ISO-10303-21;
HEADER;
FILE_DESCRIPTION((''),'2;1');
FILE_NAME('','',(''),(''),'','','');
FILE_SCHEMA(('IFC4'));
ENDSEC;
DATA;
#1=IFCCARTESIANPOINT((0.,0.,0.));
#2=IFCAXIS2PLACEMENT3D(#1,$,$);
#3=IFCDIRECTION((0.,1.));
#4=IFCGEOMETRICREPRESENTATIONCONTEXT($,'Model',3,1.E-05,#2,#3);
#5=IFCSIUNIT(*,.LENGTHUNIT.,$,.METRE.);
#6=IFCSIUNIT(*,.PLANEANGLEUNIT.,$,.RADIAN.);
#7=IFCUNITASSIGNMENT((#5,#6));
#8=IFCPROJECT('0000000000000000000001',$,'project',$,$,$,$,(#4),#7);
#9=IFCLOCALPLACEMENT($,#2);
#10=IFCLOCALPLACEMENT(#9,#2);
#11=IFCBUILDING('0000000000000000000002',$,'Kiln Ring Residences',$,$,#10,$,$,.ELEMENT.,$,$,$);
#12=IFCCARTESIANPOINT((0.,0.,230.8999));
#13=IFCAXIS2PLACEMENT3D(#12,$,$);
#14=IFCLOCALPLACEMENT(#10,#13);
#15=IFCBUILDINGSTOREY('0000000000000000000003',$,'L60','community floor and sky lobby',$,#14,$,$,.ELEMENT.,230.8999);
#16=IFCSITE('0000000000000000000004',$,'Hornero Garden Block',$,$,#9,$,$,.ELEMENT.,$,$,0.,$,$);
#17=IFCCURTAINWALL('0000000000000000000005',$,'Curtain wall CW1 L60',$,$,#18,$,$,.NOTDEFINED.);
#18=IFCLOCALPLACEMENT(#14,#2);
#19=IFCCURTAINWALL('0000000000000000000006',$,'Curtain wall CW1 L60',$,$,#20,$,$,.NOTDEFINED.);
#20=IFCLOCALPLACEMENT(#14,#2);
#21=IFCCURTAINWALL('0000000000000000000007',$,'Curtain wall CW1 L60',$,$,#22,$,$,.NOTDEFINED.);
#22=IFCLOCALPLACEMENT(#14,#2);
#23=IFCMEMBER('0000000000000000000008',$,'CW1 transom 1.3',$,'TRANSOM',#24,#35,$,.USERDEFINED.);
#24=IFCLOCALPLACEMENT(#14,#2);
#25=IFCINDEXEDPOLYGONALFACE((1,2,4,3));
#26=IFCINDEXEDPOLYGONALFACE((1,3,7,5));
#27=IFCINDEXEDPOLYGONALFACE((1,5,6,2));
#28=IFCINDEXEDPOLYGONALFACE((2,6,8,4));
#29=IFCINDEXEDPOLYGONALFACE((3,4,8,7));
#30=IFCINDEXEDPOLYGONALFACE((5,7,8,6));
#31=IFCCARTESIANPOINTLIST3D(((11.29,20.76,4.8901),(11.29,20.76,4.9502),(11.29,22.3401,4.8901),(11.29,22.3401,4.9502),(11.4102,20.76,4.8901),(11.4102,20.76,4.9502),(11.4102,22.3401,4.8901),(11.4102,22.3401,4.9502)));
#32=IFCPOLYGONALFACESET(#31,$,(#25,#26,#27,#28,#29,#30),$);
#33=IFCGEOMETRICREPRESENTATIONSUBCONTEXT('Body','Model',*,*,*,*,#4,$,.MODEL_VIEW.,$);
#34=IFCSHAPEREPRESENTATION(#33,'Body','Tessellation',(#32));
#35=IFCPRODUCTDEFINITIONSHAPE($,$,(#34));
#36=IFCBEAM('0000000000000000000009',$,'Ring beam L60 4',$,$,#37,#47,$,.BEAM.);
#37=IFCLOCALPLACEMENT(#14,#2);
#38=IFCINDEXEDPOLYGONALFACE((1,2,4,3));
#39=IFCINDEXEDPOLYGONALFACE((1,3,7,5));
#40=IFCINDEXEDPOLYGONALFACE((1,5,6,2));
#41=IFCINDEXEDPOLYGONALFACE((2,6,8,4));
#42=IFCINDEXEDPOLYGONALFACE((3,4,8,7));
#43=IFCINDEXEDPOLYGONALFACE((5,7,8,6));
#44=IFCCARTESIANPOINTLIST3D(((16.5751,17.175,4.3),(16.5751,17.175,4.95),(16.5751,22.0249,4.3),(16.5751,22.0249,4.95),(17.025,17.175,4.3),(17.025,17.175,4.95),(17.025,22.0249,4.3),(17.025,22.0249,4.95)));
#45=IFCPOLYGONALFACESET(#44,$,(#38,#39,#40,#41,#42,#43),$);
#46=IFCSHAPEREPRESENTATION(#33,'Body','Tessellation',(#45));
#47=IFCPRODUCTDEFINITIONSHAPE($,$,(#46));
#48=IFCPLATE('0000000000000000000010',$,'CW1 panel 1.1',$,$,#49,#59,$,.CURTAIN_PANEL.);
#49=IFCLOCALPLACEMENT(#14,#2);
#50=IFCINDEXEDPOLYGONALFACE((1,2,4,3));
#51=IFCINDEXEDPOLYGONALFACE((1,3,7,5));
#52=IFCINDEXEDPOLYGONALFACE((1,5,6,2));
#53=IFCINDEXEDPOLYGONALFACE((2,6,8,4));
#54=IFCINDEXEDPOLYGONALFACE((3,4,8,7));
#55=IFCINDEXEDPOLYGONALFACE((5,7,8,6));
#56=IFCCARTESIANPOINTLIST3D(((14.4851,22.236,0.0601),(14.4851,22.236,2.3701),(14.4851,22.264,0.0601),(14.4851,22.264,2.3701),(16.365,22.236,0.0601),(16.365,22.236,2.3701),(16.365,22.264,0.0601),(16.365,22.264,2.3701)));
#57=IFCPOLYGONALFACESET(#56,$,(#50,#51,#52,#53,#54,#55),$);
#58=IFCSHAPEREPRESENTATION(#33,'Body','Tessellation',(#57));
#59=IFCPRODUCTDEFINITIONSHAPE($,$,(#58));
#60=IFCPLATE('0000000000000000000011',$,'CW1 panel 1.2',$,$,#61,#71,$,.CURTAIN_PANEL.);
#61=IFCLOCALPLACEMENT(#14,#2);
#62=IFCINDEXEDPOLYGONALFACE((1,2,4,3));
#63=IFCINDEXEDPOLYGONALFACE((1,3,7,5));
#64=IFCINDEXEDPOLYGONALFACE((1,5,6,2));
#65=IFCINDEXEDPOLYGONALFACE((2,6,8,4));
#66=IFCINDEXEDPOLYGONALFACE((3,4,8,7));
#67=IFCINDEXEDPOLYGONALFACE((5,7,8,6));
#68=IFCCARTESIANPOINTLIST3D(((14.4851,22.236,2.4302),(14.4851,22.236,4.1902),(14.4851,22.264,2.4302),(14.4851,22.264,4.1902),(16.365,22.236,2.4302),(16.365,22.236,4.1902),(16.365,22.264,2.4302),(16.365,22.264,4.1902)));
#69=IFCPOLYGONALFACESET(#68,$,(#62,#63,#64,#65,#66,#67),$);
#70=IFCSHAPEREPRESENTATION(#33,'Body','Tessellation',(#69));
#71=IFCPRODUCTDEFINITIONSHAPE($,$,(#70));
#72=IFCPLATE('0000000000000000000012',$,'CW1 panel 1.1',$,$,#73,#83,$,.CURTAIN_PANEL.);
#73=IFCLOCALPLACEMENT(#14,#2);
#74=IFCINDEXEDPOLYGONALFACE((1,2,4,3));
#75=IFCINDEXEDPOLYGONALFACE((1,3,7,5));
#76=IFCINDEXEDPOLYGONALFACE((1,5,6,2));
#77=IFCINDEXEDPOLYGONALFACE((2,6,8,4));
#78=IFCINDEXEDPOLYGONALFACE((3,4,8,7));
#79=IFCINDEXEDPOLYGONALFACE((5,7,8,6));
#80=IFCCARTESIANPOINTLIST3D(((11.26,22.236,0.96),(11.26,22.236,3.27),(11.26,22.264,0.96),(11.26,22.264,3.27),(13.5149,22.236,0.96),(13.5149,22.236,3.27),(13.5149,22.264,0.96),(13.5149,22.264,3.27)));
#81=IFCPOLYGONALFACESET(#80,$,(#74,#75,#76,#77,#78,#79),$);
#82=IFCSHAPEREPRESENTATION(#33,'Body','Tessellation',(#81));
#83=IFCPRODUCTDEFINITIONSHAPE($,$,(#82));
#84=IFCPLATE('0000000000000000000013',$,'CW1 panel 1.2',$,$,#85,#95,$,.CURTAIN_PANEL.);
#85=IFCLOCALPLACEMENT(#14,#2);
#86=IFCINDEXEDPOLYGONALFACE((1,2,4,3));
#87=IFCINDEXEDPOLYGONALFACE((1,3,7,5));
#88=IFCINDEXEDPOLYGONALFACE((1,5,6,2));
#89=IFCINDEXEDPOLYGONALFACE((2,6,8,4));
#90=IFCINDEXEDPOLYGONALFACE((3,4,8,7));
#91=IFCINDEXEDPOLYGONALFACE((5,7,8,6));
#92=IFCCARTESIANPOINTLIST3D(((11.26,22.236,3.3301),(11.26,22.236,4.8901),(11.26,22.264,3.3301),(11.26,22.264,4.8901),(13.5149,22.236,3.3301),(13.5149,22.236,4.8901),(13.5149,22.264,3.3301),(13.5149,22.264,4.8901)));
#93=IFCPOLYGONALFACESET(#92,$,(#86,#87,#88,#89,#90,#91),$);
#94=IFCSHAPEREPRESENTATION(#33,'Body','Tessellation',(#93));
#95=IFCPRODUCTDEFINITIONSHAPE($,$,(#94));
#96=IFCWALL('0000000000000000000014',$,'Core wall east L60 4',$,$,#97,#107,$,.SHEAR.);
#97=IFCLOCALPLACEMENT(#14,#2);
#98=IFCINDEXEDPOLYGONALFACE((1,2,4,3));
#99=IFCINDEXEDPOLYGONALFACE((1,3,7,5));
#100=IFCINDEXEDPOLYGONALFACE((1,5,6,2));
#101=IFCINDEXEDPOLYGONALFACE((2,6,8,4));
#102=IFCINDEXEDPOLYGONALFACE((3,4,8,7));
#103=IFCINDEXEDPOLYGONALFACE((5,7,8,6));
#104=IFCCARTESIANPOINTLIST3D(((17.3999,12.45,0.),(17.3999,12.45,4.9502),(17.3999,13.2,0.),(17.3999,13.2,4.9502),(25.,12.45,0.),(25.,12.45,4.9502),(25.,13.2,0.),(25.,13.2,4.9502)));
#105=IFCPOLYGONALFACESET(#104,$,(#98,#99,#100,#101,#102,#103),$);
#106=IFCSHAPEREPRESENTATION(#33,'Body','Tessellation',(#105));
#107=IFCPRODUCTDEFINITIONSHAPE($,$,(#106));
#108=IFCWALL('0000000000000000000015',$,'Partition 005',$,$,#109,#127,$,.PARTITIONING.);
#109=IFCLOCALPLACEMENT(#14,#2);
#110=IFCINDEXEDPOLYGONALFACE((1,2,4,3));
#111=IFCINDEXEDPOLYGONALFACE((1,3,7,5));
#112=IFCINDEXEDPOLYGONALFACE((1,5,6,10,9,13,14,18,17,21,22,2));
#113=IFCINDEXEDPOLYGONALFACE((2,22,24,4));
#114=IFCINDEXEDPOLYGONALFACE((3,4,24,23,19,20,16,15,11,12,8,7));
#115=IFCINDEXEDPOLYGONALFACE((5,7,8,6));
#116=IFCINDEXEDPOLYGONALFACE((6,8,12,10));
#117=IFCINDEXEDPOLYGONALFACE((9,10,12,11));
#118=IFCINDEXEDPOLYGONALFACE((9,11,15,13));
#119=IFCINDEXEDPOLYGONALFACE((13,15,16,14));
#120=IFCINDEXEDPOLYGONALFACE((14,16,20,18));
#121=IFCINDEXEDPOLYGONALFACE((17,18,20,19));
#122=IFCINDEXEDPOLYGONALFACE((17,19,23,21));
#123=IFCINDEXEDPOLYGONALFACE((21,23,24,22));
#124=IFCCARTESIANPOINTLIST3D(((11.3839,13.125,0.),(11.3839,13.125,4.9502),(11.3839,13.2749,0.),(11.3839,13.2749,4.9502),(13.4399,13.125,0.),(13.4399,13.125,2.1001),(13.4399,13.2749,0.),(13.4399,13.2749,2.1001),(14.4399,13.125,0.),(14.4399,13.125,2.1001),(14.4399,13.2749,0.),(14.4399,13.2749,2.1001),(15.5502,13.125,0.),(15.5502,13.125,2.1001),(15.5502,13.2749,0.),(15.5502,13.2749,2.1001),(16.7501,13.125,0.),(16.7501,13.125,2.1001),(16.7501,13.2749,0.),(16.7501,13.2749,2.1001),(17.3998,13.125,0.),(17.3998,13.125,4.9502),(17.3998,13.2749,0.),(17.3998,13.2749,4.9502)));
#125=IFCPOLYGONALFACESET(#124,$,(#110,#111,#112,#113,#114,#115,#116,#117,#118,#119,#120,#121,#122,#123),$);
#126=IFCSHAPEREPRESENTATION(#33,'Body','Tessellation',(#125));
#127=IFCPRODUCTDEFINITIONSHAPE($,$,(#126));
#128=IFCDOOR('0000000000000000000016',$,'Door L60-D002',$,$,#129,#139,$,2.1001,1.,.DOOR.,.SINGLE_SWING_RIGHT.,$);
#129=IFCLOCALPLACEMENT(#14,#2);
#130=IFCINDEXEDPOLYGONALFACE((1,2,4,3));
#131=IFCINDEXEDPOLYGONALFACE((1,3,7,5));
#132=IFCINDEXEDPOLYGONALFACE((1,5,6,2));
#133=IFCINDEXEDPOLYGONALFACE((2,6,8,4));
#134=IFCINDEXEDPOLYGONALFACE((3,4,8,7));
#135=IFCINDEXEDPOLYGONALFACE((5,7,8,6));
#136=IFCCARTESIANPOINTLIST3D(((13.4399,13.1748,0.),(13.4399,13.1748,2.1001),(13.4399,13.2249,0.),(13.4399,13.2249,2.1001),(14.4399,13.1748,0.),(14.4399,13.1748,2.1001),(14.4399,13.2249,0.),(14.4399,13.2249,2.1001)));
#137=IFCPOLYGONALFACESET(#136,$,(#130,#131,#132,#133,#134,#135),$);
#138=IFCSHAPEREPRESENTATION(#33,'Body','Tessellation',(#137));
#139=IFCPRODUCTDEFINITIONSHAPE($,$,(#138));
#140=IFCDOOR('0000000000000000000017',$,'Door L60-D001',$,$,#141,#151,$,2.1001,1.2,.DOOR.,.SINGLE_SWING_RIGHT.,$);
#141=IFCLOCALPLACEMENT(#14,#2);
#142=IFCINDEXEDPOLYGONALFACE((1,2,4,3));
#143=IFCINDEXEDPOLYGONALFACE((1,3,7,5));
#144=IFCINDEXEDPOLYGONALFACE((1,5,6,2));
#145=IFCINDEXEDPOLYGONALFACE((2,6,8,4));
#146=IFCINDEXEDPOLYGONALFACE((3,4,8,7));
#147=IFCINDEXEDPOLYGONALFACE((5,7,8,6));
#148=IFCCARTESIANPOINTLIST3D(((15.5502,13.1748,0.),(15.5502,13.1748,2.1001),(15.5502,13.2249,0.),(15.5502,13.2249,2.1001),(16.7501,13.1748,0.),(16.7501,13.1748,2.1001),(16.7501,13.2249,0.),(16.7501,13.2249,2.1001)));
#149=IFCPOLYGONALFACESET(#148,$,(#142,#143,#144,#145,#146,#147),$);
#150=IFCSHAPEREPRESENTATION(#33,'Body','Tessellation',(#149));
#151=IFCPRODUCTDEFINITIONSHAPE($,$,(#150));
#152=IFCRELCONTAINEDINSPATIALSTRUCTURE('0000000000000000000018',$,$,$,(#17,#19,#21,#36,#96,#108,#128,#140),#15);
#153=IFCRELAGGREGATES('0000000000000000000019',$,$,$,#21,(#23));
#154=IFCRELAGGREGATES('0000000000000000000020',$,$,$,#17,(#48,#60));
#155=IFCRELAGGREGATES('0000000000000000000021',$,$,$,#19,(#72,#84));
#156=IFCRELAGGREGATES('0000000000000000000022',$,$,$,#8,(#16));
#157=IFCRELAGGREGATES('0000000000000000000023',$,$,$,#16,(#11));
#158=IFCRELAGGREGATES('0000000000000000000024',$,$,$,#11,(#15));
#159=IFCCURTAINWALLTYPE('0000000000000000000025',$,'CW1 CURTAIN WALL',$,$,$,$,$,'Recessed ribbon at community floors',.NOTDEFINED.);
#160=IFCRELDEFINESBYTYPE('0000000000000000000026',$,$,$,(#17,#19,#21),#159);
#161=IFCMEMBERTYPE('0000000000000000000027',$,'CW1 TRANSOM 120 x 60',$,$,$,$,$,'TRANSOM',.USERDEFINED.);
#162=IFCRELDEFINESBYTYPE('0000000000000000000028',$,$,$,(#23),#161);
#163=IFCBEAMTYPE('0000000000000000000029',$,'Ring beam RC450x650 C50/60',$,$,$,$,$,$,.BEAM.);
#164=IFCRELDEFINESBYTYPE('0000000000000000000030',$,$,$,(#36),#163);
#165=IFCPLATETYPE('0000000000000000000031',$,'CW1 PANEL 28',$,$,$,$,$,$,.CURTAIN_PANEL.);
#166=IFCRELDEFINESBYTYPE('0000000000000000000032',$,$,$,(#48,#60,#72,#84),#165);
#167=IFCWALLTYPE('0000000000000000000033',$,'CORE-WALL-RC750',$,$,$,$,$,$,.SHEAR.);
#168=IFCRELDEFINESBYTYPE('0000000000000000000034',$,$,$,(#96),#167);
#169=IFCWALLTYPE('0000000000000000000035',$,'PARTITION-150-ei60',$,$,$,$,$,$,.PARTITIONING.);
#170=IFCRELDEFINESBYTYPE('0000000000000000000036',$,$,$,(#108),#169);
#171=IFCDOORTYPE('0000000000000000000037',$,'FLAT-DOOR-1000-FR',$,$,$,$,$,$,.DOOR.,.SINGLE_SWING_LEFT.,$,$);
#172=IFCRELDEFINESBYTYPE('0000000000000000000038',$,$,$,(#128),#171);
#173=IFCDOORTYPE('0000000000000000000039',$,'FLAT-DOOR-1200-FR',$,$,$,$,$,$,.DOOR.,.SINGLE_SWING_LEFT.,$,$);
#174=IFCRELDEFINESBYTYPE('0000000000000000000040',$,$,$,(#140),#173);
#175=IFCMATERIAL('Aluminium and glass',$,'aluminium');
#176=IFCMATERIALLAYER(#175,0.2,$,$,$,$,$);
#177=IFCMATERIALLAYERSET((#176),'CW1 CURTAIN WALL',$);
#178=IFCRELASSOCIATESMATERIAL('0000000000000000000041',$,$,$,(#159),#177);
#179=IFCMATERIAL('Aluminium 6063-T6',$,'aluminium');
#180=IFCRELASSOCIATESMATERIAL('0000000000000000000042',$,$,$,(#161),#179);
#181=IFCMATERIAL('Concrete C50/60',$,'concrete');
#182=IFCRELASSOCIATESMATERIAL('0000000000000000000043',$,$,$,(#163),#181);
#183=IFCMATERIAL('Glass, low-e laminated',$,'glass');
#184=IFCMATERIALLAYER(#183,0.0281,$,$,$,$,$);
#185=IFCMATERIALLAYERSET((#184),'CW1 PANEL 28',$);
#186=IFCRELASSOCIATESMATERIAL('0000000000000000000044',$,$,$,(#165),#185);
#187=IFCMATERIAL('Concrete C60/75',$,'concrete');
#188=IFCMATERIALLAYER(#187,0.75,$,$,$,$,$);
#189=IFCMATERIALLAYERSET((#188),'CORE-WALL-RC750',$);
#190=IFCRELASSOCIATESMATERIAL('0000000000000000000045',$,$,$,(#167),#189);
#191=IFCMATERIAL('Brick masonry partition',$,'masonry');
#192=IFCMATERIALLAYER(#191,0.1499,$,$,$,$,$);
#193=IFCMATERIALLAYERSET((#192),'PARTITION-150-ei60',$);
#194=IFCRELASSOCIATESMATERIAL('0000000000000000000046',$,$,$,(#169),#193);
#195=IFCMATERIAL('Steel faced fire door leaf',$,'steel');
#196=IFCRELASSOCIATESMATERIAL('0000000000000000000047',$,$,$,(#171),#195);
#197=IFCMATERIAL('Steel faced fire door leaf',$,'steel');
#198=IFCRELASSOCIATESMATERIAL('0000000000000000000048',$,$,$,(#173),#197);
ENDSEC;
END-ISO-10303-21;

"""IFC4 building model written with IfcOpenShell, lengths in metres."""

from ifc_helpers import new_model, si_unit, direction, frame, frame_2d, origin, origin_2d, place, context, subcontext, project, spatial, rectangle, extrude, material, layer, layer_set, material_profile, profile_set, type_object, element, fill, aggregate, save


model = new_model("IFC4")

# Units and contexts
model_context = context("Model", 3, precision=1e-05, world=origin(), true_north=direction((0.0, 1.0)))
body_context = subcontext(model_context, "Body", "Model", "MODEL_VIEW")
ifc_project = project(units=[si_unit("LENGTHUNIT", "METRE"), si_unit("PLANEANGLEUNIT", "RADIAN")], contexts=[model_context])

# Site, building, storey
site_placement = place(None, origin())
site = spatial("IfcSite", under=ifc_project, at=site_placement, Name="Hornero Garden Block", CompositionType="ELEMENT", RefElevation=0.0)
building_placement = place(site_placement, origin())
building = spatial("IfcBuilding", under=site, at=building_placement, Name="Kiln Ring Residences", CompositionType="ELEMENT")
storey_placement = place(building_placement, frame((0.0, 0.0, 230.8999)))
storey = spatial("IfcBuildingStorey", under=building, at=storey_placement, Name="L60", Description="community floor and sky lobby", CompositionType="ELEMENT", Elevation=230.8999)

# Shared definitions
ifc_material_1 = material(Name="Aluminium and glass", Category="aluminium")
ifc_layer_1 = layer(ifc_material_1, 0.2)
ifc_layer_set_1 = layer_set([ifc_layer_1], Name="CW1 CURTAIN WALL")
curtain_wall_type = type_object("IfcCurtainWallType", Name="CW1 CURTAIN WALL", ElementType="Recessed ribbon at community floors", PredefinedType="NOTDEFINED", material=ifc_layer_set_1)
placement = place(storey_placement, origin())

# Curtain wall
curtain_wall_1 = element("IfcCurtainWall", 1, at=placement, inside=storey, type_object=curtain_wall_type, Name="Curtain wall CW1 L60", PredefinedType="NOTDEFINED")

# Curtain walls
curtain_wall_2 = element("IfcCurtainWall", 2, at=placement, inside=storey, type_object=curtain_wall_type, Name="Curtain wall CW1 L60", PredefinedType="NOTDEFINED")
curtain_wall_3 = element("IfcCurtainWall", 3, at=placement, inside=storey, type_object=curtain_wall_type, Name="Curtain wall CW1 L60", PredefinedType="NOTDEFINED")

# Member
ifc_material_2 = material(Name="Aluminium 6063-T6", Category="aluminium")
ifc_material_profile_1 = material_profile(ifc_material_2, rectangle(XDim=0.1201, YDim=0.0601, at=origin_2d()), Name="AL 120x60")
ifc_profile_set_1 = profile_set([ifc_material_profile_1], Name="Aluminium 6063-T6")
member_type_1 = type_object("IfcMemberType", Name="CW1 TRANSOM 120 x 60", ElementType="TRANSOM", PredefinedType="USERDEFINED", material=ifc_profile_set_1)
member_1_placement = place(storey_placement, frame((11.3501, 22.3401, 4.9202), z_axis=(0.0, -1.0, 0.0), x_axis=(1.0, 0.0, 0.0)))
member_1 = element("IfcMember", 4, at=member_1_placement, type_object=member_type_1, Name="CW1 transom 1.3", ObjectType="TRANSOM", PredefinedType="USERDEFINED", context=body_context, shape_type="SweptSolid", body=[
    extrude(rectangle(XDim=0.1201, YDim=0.0601, at=origin_2d()), origin(), (0.0, 0.0, 1.0), 1.5801),
])
aggregate(curtain_wall_3, [member_1])

# Beam
ifc_material_3 = material(Name="Concrete C50/60", Category="concrete")
ifc_material_profile_2 = material_profile(ifc_material_3, rectangle(XDim=0.45, YDim=0.6499, at=origin_2d()), Name="RC450x650")
ifc_profile_set_2 = profile_set([ifc_material_profile_2], Name="Concrete C50/60")
beam_type = type_object("IfcBeamType", Name="Ring beam RC450x650 C50/60", PredefinedType="BEAM", material=ifc_profile_set_2)
beam_placement = place(storey_placement, frame((16.8, 17.175, 4.625), z_axis=(0.0, 1.0, 0.0), x_axis=(-1.0, 0.0, 0.0)))
element("IfcBeam", 5, at=beam_placement, inside=storey, type_object=beam_type, Name="Ring beam L60 4", PredefinedType="BEAM", context=body_context, shape_type="SweptSolid", body=[
    extrude(rectangle(XDim=0.45, YDim=0.6499, at=origin_2d()), origin(), (0.0, 0.0, 1.0), 4.8499),
])

# Plates
ifc_material_4 = material(Name="Glass, low-e laminated", Category="glass")
ifc_layer_2 = layer(ifc_material_4, 0.0281)
ifc_layer_set_2 = layer_set([ifc_layer_2], Name="CW1 PANEL 28")
plate_type = type_object("IfcPlateType", Name="CW1 PANEL 28", PredefinedType="CURTAIN_PANEL", material=ifc_layer_set_2)
plate_1_placement = place(storey_placement, frame((15.425, 22.25, 0.0601), z_axis=(0.0, 0.0, 1.0), x_axis=(-1.0, 0.0, 0.0)))
plate_1 = element("IfcPlate", 6, at=plate_1_placement, type_object=plate_type, Name="CW1 panel 1.1", PredefinedType="CURTAIN_PANEL", context=body_context, shape_type="SweptSolid", body=[
    extrude(rectangle(XDim=1.8799, YDim=0.0281, at=origin_2d()), origin(), (0.0, 0.0, 1.0), 2.3101),
])
plate_2_placement = place(storey_placement, frame((15.425, 22.25, 2.4302), z_axis=(0.0, 0.0, 1.0), x_axis=(-1.0, 0.0, 0.0)))
plate_2 = element("IfcPlate", 7, at=plate_2_placement, type_object=plate_type, Name="CW1 panel 1.2", PredefinedType="CURTAIN_PANEL", context=body_context, shape_type="SweptSolid", body=[
    extrude(rectangle(XDim=1.8799, YDim=0.0281, at=origin_2d()), origin(), (0.0, 0.0, 1.0), 1.76),
])
aggregate(curtain_wall_1, [plate_1, plate_2])
plate_3_placement = place(storey_placement, frame((12.3875, 22.25, 0.96), z_axis=(0.0, 0.0, 1.0), x_axis=(-1.0, 0.0, 0.0)))
plate_3 = element("IfcPlate", 8, at=plate_3_placement, type_object=plate_type, Name="CW1 panel 1.1", PredefinedType="CURTAIN_PANEL", context=body_context, shape_type="SweptSolid", body=[
    extrude(rectangle(XDim=2.2549, YDim=0.0281, at=origin_2d()), origin(), (0.0, 0.0, 1.0), 2.3101),
])
plate_4_placement = place(storey_placement, frame((12.3875, 22.25, 3.3301), z_axis=(0.0, 0.0, 1.0), x_axis=(-1.0, 0.0, 0.0)))
plate_4 = element("IfcPlate", 9, at=plate_4_placement, type_object=plate_type, Name="CW1 panel 1.2", PredefinedType="CURTAIN_PANEL", context=body_context, shape_type="SweptSolid", body=[
    extrude(rectangle(XDim=2.2549, YDim=0.0281, at=origin_2d()), origin(), (0.0, 0.0, 1.0), 1.5601),
])
aggregate(curtain_wall_2, [plate_3, plate_4])

# Wall
ifc_material_5 = material(Name="Concrete C60/75", Category="concrete")
ifc_layer_3 = layer(ifc_material_5, 0.75)
ifc_layer_set_3 = layer_set([ifc_layer_3], Name="CORE-WALL-RC750")
wall_type_1 = type_object("IfcWallType", Name="CORE-WALL-RC750", PredefinedType="SHEAR", material=ifc_layer_set_3)
wall_1_placement = place(storey_placement, frame((17.3999, 12.825, 0.0), z_axis=(0.0, 0.0, 1.0), x_axis=(1.0, 0.0, 0.0)))
element("IfcWall", 10, at=wall_1_placement, inside=storey, type_object=wall_type_1, Name="Core wall east L60 4", PredefinedType="SHEAR", context=body_context, shape_type="SweptSolid", body=[
    extrude(rectangle(XDim=7.6001, YDim=0.75, at=frame_2d((3.8, 0.0))), origin(), (0.0, 0.0, 1.0), 4.9502),
])

# Wall, openings, doors
ifc_material_6 = material(Name="Brick masonry partition", Category="masonry")
ifc_layer_4 = layer(ifc_material_6, 0.1499)
ifc_layer_set_4 = layer_set([ifc_layer_4], Name="PARTITION-150-ei60")
wall_type_2 = type_object("IfcWallType", Name="PARTITION-150-ei60", PredefinedType="PARTITIONING", material=ifc_layer_set_4)
wall_2_placement = place(storey_placement, frame((11.384, 13.2, 0.0), z_axis=(0.0, 0.0, 1.0), x_axis=(1.0, 0.0, 0.0)))
wall_2 = element("IfcWall", 11, at=wall_2_placement, inside=storey, type_object=wall_type_2, Name="Partition 005", PredefinedType="PARTITIONING", context=body_context, shape_type="SweptSolid", body=[
    extrude(rectangle(XDim=6.0159, YDim=0.1499, at=frame_2d((3.0078, 0.0))), origin(), (0.0, 0.0, 1.0), 4.9502),
])
opening_1_placement = place(wall_2_placement, frame((4.166, 0.0, 0.0)))
opening_1 = element("IfcOpeningElement", 12, at=opening_1_placement, cuts=wall_2, PredefinedType="OPENING", context=body_context, shape_type="SweptSolid", body=[
    extrude(rectangle(XDim=1.2, YDim=2.1001, at=frame_2d((0.6001, 1.05))), frame((0.0, 0.085, 0.0), z_axis=(0.0, -1.0, 0.0), x_axis=(1.0, 0.0, 0.0)), (0.0, 0.0, 1.0), 0.1699),
])
opening_2_placement = place(wall_2_placement, frame((2.0559, 0.0, 0.0)))
opening_2 = element("IfcOpeningElement", 13, at=opening_2_placement, cuts=wall_2, PredefinedType="OPENING", context=body_context, shape_type="SweptSolid", body=[
    extrude(rectangle(XDim=1.0, YDim=2.1001, at=frame_2d((0.5, 1.05))), frame((0.0, 0.085, 0.0), z_axis=(0.0, -1.0, 0.0), x_axis=(1.0, 0.0, 0.0)), (0.0, 0.0, 1.0), 0.1699),
])
ifc_material_7 = material(Name="Steel faced fire door leaf", Category="steel")
door_type_1 = type_object("IfcDoorType", Name="FLAT-DOOR-1000-FR", OperationType="SINGLE_SWING_LEFT", PredefinedType="DOOR", material=ifc_material_7)
door_1_placement = place(opening_2_placement, origin())
door_1 = element("IfcDoor", 14, at=door_1_placement, inside=storey, type_object=door_type_1, Name="Door L60-D002", OperationType="SINGLE_SWING_RIGHT", OverallHeight=2.1001, OverallWidth=1.0, PredefinedType="DOOR", context=body_context, shape_type="SweptSolid", body=[
    extrude(rectangle(XDim=1.0, YDim=2.1001, at=frame_2d((0.5, 1.05))), frame((0.0, 0.0249, 0.0), z_axis=(0.0, -1.0, 0.0), x_axis=(1.0, 0.0, 0.0)), (0.0, 0.0, 1.0), 0.05),
])
fill(opening_2, door_1)
ifc_material_8 = material(Name="Steel faced fire door leaf", Category="steel")
door_type_2 = type_object("IfcDoorType", Name="FLAT-DOOR-1200-FR", OperationType="SINGLE_SWING_LEFT", PredefinedType="DOOR", material=ifc_material_8)
door_2_placement = place(opening_1_placement, origin())
door_2 = element("IfcDoor", 15, at=door_2_placement, inside=storey, type_object=door_type_2, Name="Door L60-D001", OperationType="SINGLE_SWING_RIGHT", OverallHeight=2.1001, OverallWidth=1.2, PredefinedType="DOOR", context=body_context, shape_type="SweptSolid", body=[
    extrude(rectangle(XDim=1.2, YDim=2.1001, at=frame_2d((0.6001, 1.05))), frame((0.0, 0.0249, 0.0), z_axis=(0.0, -1.0, 0.0), x_axis=(1.0, 0.0, 0.0)), (0.0, 0.0, 1.0), 0.05),
])
fill(opening_1, door_2)

save(model, "model.ifc")
